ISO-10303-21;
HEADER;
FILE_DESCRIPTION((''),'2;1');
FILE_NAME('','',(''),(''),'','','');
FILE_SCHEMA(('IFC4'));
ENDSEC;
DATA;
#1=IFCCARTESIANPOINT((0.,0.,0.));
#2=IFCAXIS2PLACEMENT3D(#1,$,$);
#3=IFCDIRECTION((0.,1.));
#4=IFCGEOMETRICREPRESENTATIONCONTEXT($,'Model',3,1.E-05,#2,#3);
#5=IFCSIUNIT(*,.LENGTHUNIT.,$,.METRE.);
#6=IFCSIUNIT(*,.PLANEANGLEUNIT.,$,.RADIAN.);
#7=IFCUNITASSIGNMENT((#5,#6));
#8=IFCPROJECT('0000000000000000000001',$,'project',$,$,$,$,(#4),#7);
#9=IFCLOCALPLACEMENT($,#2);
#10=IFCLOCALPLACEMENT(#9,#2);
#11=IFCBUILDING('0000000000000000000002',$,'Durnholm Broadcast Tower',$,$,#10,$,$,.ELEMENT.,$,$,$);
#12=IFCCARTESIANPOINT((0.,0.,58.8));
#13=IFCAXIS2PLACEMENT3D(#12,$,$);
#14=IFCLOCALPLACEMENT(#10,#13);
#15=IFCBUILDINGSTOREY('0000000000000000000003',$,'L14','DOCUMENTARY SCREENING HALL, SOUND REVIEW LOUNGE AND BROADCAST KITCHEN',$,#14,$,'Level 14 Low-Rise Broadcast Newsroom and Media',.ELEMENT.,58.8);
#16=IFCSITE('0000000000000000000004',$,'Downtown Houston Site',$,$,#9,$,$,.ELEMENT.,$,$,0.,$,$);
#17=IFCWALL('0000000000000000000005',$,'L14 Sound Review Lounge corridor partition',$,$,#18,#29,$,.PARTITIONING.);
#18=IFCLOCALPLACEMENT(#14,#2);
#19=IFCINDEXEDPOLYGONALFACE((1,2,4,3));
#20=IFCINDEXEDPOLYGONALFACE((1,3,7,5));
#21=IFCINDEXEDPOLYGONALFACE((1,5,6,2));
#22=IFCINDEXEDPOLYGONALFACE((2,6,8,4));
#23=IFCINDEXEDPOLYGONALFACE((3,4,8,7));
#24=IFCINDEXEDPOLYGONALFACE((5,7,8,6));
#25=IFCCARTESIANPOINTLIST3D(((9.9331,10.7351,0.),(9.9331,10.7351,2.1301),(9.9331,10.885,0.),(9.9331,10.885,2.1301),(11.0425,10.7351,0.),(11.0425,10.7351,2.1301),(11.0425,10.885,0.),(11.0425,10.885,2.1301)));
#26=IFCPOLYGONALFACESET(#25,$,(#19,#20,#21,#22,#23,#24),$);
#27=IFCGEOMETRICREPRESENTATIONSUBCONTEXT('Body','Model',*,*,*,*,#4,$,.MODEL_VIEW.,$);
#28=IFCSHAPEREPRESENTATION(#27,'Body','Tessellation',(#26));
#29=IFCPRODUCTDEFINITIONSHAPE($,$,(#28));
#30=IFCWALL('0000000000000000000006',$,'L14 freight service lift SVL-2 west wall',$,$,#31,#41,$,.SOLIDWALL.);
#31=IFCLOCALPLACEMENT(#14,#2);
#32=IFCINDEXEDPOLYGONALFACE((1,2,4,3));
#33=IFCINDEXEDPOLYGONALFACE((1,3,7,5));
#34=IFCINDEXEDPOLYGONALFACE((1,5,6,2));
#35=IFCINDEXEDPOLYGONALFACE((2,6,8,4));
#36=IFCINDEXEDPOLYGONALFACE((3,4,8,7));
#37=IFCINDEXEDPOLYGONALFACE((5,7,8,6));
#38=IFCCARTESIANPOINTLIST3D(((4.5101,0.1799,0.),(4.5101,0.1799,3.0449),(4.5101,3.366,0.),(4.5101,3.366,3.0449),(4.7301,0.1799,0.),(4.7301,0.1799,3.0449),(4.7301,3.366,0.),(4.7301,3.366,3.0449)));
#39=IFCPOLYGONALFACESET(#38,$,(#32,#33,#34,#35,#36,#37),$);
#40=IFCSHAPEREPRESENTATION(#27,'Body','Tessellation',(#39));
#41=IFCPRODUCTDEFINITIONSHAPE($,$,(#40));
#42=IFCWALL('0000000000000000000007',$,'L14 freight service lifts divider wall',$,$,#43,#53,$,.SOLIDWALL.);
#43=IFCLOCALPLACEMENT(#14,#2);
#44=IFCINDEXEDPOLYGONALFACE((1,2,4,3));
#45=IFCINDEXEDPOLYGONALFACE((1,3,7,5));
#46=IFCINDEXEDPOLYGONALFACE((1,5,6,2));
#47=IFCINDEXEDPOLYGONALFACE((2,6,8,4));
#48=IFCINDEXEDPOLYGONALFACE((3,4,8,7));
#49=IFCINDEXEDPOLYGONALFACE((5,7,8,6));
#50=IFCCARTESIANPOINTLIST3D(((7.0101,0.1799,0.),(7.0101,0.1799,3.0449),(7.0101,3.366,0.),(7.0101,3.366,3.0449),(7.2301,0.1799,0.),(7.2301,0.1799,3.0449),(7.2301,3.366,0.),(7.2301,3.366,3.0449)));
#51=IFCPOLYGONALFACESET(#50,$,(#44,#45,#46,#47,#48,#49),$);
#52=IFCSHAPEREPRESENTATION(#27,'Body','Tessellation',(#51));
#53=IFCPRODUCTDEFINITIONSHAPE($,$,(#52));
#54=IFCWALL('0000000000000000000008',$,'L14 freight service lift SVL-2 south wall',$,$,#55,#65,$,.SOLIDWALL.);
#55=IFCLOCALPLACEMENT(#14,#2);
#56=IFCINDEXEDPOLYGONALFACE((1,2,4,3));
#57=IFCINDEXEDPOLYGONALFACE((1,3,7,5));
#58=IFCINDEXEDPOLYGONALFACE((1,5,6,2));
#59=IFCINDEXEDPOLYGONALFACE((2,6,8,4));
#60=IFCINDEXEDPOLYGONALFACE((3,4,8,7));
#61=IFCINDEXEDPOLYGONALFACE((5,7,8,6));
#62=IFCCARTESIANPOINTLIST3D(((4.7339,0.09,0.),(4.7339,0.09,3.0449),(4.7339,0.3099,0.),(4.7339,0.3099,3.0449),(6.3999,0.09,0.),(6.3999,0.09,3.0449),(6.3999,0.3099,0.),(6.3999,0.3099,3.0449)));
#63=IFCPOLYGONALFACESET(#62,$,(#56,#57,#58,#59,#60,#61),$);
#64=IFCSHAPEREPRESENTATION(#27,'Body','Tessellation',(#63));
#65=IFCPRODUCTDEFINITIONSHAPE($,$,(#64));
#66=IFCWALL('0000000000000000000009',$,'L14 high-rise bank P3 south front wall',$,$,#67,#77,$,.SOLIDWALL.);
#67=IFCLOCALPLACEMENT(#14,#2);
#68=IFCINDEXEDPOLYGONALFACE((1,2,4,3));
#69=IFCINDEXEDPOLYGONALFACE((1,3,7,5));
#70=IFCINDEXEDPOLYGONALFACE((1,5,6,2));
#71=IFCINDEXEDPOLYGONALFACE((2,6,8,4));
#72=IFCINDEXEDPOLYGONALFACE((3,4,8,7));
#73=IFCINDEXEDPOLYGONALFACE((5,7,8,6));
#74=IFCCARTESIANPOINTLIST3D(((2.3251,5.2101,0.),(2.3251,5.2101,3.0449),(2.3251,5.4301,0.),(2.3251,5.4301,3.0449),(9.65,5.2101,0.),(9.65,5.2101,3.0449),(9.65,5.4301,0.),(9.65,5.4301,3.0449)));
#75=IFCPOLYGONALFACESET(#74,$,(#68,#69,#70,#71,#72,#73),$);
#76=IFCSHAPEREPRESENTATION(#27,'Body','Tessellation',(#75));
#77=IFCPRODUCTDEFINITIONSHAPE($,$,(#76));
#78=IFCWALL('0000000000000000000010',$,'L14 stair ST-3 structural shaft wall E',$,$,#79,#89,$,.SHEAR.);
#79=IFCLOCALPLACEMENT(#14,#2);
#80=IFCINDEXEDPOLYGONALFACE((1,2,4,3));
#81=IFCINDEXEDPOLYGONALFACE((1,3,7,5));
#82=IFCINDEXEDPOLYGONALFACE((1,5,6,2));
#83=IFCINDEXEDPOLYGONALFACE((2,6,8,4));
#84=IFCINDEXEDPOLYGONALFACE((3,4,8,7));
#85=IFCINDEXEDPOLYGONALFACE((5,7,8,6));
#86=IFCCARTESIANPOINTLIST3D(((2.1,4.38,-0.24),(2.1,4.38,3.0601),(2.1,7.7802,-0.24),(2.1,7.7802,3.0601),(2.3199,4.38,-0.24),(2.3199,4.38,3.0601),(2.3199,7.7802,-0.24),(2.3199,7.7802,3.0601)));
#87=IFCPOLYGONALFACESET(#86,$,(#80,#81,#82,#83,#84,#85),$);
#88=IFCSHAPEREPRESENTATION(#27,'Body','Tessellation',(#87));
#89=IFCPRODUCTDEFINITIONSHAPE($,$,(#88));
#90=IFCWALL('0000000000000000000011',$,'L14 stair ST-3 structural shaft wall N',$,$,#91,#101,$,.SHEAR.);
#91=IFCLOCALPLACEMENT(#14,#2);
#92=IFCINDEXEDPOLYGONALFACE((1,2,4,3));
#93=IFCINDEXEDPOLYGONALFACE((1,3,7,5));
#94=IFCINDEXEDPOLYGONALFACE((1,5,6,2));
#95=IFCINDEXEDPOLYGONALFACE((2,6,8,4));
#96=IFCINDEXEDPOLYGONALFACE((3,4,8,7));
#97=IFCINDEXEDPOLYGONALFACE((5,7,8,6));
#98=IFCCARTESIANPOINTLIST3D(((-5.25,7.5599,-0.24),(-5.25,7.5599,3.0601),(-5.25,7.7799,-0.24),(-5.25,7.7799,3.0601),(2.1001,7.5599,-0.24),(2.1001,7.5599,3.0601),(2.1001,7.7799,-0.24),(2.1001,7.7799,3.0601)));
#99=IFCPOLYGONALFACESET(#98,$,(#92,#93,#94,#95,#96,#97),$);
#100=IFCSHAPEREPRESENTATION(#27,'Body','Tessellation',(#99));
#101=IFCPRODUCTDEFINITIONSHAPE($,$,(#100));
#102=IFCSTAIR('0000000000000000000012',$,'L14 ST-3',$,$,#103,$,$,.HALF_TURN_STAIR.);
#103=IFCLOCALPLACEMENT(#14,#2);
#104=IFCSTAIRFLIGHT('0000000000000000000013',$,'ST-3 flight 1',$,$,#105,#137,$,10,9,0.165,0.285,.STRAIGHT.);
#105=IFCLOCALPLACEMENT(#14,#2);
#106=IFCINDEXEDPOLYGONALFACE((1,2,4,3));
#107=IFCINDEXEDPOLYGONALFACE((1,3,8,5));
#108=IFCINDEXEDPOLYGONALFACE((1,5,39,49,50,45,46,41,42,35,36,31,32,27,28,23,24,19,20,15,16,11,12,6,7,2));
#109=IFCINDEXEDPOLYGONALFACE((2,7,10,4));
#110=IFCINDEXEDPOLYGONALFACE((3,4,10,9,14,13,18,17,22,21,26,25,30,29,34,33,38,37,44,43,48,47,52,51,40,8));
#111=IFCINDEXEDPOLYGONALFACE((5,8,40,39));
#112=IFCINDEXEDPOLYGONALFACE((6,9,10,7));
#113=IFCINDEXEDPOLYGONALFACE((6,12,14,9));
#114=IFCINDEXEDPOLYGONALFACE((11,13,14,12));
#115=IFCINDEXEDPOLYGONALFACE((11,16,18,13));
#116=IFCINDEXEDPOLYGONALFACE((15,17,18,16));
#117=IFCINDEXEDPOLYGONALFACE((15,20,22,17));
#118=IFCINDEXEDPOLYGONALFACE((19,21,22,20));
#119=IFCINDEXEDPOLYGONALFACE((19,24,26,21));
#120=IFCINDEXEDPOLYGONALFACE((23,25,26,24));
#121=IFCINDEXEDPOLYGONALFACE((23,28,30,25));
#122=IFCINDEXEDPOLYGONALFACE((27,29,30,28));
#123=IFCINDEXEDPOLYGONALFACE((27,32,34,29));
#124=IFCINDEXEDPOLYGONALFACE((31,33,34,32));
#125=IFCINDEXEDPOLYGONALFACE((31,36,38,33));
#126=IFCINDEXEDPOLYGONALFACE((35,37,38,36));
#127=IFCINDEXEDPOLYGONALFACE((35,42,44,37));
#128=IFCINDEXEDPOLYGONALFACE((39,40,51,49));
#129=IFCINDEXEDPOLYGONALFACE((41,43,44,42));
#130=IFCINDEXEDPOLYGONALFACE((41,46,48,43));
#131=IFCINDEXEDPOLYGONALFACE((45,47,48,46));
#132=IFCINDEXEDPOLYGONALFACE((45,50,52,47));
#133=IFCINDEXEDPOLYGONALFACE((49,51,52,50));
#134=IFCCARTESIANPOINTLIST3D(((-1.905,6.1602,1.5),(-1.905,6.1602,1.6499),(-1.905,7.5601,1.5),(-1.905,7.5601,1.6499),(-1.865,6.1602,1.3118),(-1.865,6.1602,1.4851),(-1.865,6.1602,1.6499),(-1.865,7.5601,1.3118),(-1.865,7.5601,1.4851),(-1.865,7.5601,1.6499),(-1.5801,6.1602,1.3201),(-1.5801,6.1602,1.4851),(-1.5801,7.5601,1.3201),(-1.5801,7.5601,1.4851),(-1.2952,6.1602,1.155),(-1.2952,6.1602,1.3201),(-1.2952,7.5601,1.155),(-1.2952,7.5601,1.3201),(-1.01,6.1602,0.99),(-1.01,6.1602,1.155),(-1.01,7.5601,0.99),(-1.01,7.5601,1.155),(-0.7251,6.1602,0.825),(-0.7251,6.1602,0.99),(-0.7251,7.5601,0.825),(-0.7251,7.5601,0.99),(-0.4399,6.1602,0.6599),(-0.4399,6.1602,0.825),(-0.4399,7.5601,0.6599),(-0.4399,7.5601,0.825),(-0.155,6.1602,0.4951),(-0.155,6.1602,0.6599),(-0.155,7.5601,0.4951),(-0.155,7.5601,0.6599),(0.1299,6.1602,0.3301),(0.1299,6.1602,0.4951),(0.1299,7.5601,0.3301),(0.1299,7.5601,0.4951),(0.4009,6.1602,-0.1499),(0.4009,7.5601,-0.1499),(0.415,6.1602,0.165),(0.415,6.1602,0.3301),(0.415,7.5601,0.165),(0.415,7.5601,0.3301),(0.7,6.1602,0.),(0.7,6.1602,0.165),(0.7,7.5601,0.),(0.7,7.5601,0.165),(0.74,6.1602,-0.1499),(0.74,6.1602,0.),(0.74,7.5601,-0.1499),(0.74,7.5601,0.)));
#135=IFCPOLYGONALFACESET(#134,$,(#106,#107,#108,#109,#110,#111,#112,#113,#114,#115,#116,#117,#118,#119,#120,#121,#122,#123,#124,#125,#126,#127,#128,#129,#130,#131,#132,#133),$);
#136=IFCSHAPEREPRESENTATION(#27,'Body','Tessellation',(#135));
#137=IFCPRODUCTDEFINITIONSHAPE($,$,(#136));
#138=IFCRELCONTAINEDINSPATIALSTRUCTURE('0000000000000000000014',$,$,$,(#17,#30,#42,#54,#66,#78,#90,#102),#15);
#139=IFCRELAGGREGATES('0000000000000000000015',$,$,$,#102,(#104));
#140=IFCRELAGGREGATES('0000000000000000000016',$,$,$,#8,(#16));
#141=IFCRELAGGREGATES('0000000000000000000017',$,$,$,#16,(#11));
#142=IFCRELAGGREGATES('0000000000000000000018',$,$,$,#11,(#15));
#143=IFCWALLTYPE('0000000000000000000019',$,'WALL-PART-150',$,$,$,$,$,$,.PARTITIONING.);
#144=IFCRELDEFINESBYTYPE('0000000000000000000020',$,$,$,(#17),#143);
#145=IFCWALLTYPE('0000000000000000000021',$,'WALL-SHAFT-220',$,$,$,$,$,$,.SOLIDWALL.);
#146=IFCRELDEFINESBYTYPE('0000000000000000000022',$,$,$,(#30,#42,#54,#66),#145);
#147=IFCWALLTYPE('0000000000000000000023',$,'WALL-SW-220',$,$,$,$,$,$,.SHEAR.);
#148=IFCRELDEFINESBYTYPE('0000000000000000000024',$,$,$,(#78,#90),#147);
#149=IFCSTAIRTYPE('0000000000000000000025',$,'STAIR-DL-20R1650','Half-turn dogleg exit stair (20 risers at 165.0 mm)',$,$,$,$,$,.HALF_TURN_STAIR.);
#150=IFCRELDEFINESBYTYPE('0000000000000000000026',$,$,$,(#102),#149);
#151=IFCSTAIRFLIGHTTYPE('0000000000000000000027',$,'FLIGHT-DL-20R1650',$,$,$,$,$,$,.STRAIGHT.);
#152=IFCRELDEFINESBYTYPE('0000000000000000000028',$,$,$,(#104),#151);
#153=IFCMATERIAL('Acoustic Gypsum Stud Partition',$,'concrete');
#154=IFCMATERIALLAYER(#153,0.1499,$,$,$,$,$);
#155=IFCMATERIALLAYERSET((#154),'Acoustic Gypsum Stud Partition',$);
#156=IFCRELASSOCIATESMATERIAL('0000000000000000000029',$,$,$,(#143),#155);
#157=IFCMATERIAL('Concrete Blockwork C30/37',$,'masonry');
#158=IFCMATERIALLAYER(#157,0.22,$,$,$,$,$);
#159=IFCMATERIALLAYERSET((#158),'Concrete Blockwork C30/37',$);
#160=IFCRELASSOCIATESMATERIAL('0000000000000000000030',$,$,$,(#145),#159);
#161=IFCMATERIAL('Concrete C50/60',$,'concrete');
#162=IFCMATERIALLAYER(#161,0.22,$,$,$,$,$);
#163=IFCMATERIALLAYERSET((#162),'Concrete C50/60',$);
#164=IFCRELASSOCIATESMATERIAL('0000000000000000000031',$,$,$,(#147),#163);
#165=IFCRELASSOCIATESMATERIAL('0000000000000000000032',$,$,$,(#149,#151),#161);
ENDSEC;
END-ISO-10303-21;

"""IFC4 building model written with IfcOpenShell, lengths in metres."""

from ifc_helpers import new_model, si_unit, direction, frame, frame_2d, origin, place, context, subcontext, project, spatial, polyline, rectangle, outline, extrude, material, layer, layer_set, type_object, element, aggregate, save


model = new_model("IFC4")

# Units and contexts
model_context = context("Model", 3, precision=1e-05, world=origin(), true_north=direction((0.0, 1.0)))
body_context = subcontext(model_context, "Body", "Model", "MODEL_VIEW")
ifc_project = project(units=[si_unit("LENGTHUNIT", "METRE"), si_unit("PLANEANGLEUNIT", "RADIAN")], contexts=[model_context])

# Site, building, storey
site_placement = place(None, origin())
site = spatial("IfcSite", under=ifc_project, at=site_placement, Name="Downtown Houston Site", CompositionType="ELEMENT", RefElevation=0.0)
building_placement = place(site_placement, origin())
building = spatial("IfcBuilding", under=site, at=building_placement, Name="Durnholm Broadcast Tower", CompositionType="ELEMENT")
storey_placement = place(building_placement, frame((0.0, 0.0, 58.8)))
storey = spatial("IfcBuildingStorey", under=building, at=storey_placement, Name="L14", Description="DOCUMENTARY SCREENING HALL, SOUND REVIEW LOUNGE AND BROADCAST KITCHEN", LongName="Level 14 Low-Rise Broadcast Newsroom and Media", CompositionType="ELEMENT", Elevation=58.8)

# Shared definitions
ifc_material_1 = material(Name="Acoustic Gypsum Stud Partition", Category="concrete")
ifc_layer_1 = layer(ifc_material_1, 0.1499)
ifc_layer_set_1 = layer_set([ifc_layer_1], Name="Acoustic Gypsum Stud Partition")
wall_type_1 = type_object("IfcWallType", Name="WALL-PART-150", PredefinedType="PARTITIONING", material=ifc_layer_set_1)

# Wall
wall_1_placement = place(storey_placement, frame((11.0425, 10.8101, 0.0), z_axis=(0.0, 0.0, 1.0), x_axis=(-1.0, 0.0, 0.0)))
element("IfcWall", 1, at=wall_1_placement, inside=storey, type_object=wall_type_1, Name="L14 Sound Review Lounge corridor partition", PredefinedType="PARTITIONING", context=body_context, shape_type="SweptSolid", body=[
    extrude(rectangle(XDim=1.1094, YDim=0.1499, at=frame_2d((0.5547, 0.0))), origin(), (0.0, 0.0, 1.0), 2.1301),
])

# Shared definitions
ifc_material_2 = material(Name="Concrete Blockwork C30/37", Category="masonry")
ifc_layer_2 = layer(ifc_material_2, 0.22)
ifc_layer_set_2 = layer_set([ifc_layer_2], Name="Concrete Blockwork C30/37")
wall_type_2 = type_object("IfcWallType", Name="WALL-SHAFT-220", PredefinedType="SOLIDWALL", material=ifc_layer_set_2)

# Walls
for number, where, z_axis, x_axis, name in (
    (2, (4.6201, 0.1799, 0.0), (0.0, 0.0, 1.0), (0.0, 1.0, 0.0), "L14 freight service lift SVL-2 west wall"),
    (3, (7.1201, 0.1799, 0.0), (0.0, 0.0, 1.0), (0.0, 1.0, 0.0), "L14 freight service lifts divider wall"),
):
    element("IfcWall", number, at=place(storey_placement, frame(where, z_axis=z_axis, x_axis=x_axis)), inside=storey, type_object=wall_type_2, Name=name, PredefinedType="SOLIDWALL", context=body_context, shape_type="SweptSolid", body=[
        extrude(rectangle(XDim=3.186, YDim=0.22, at=frame_2d((1.593, 0.0))), origin(), (0.0, 0.0, 1.0), 3.0449),
    ])
wall_2_placement = place(storey_placement, frame((4.7339, 0.2, 0.0), z_axis=(0.0, 0.0, 1.0), x_axis=(1.0, 0.0, 0.0)))
element("IfcWall", 4, at=wall_2_placement, inside=storey, type_object=wall_type_2, Name="L14 freight service lift SVL-2 south wall", PredefinedType="SOLIDWALL", context=body_context, shape_type="SweptSolid", body=[
    extrude(rectangle(XDim=1.666, YDim=0.22, at=frame_2d((0.833, 0.0))), origin(), (0.0, 0.0, 1.0), 3.0449),
])
wall_3_placement = place(storey_placement, frame((2.325, 5.3201, 0.0), z_axis=(0.0, 0.0, 1.0), x_axis=(1.0, 0.0, 0.0)))
element("IfcWall", 5, at=wall_3_placement, inside=storey, type_object=wall_type_2, Name="L14 high-rise bank P3 south front wall", PredefinedType="SOLIDWALL", context=body_context, shape_type="SweptSolid", body=[
    extrude(rectangle(XDim=7.325, YDim=0.22, at=frame_2d((3.6626, 0.0))), origin(), (0.0, 0.0, 1.0), 3.0449),
])
ifc_material_3 = material(Name="Concrete C50/60", Category="concrete")
ifc_layer_3 = layer(ifc_material_3, 0.22)
ifc_layer_set_3 = layer_set([ifc_layer_3], Name="Concrete C50/60")
wall_type_3 = type_object("IfcWallType", Name="WALL-SW-220", PredefinedType="SHEAR", material=ifc_layer_set_3)
wall_4_placement = place(storey_placement, frame((2.21, 4.3799, -0.24), z_axis=(0.0, 0.0, 1.0), x_axis=(0.0, 1.0, 0.0)))
element("IfcWall", 6, at=wall_4_placement, inside=storey, type_object=wall_type_3, Name="L14 stair ST-3 structural shaft wall E", PredefinedType="SHEAR", context=body_context, shape_type="SweptSolid", body=[
    extrude(rectangle(XDim=3.4001, YDim=0.22, at=frame_2d((1.7002, 0.0))), origin(), (0.0, 0.0, 1.0), 3.3),
])
wall_5_placement = place(storey_placement, frame((2.1001, 7.6699, -0.24), z_axis=(0.0, 0.0, 1.0), x_axis=(-1.0, 0.0, 0.0)))
element("IfcWall", 7, at=wall_5_placement, inside=storey, type_object=wall_type_3, Name="L14 stair ST-3 structural shaft wall N", PredefinedType="SHEAR", context=body_context, shape_type="SweptSolid", body=[
    extrude(rectangle(XDim=7.3501, YDim=0.22, at=frame_2d((3.675, 0.0))), origin(), (0.0, 0.0, 1.0), 3.3),
])

# Stair, stair flight
stair_type = type_object("IfcStairType", Name="STAIR-DL-20R1650", Description="Half-turn dogleg exit stair (20 risers at 165.0 mm)", PredefinedType="HALF_TURN_STAIR", material=ifc_material_3)
stair_placement = place(storey_placement, origin())
stair = element("IfcStair", 8, at=stair_placement, inside=storey, type_object=stair_type, Name="L14 ST-3", PredefinedType="HALF_TURN_STAIR")
stair_flight_type = type_object("IfcStairFlightType", Name="FLIGHT-DL-20R1650", PredefinedType="STRAIGHT", material=ifc_material_3)
stair_flight_placement = place(storey_placement, frame((0.7, 6.8601, 0.0), z_axis=(0.0, 0.0, 1.0), x_axis=(-1.0, 0.0, 0.0)))
stair_flight = element("IfcStairFlight", 9, at=stair_flight_placement, type_object=stair_flight_type, Name="ST-3 flight 1", NumberOfRisers=10, NumberOfTreads=9, PredefinedType="STRAIGHT", RiserHeight=0.165, TreadLength=0.285, context=body_context, shape_type="SweptSolid", body=[
    extrude(outline(polyline([(-0.04, -0.1499), (-0.04, 0.0), (0.0, 0.0), (0.0, 0.165), (0.2849, 0.165), (0.2849, 0.3301), (0.5701, 0.3301), (0.5701, 0.4951), (0.855, 0.4951), (0.855, 0.6599), (1.1399, 0.6599), (1.1399, 0.825), (1.425, 0.825), (1.425, 0.99), (1.71, 0.99), (1.71, 1.155), (1.9951, 1.155), (1.9951, 1.3201), (2.28, 1.3201), (2.28, 1.4851), (2.5649, 1.4851), (2.5649, 1.6499), (2.605, 1.6499), (2.605, 1.5), (2.5649, 1.3118), (0.2991, -0.1499), (-0.04, -0.1499)])), frame((0.0, 0.7, 0.0), z_axis=(0.0, -1.0, 0.0), x_axis=(1.0, 0.0, 0.0)), (0.0, 0.0, 1.0), 1.3999),
])
aggregate(stair, [stair_flight])

save(model, "model.ifc")
